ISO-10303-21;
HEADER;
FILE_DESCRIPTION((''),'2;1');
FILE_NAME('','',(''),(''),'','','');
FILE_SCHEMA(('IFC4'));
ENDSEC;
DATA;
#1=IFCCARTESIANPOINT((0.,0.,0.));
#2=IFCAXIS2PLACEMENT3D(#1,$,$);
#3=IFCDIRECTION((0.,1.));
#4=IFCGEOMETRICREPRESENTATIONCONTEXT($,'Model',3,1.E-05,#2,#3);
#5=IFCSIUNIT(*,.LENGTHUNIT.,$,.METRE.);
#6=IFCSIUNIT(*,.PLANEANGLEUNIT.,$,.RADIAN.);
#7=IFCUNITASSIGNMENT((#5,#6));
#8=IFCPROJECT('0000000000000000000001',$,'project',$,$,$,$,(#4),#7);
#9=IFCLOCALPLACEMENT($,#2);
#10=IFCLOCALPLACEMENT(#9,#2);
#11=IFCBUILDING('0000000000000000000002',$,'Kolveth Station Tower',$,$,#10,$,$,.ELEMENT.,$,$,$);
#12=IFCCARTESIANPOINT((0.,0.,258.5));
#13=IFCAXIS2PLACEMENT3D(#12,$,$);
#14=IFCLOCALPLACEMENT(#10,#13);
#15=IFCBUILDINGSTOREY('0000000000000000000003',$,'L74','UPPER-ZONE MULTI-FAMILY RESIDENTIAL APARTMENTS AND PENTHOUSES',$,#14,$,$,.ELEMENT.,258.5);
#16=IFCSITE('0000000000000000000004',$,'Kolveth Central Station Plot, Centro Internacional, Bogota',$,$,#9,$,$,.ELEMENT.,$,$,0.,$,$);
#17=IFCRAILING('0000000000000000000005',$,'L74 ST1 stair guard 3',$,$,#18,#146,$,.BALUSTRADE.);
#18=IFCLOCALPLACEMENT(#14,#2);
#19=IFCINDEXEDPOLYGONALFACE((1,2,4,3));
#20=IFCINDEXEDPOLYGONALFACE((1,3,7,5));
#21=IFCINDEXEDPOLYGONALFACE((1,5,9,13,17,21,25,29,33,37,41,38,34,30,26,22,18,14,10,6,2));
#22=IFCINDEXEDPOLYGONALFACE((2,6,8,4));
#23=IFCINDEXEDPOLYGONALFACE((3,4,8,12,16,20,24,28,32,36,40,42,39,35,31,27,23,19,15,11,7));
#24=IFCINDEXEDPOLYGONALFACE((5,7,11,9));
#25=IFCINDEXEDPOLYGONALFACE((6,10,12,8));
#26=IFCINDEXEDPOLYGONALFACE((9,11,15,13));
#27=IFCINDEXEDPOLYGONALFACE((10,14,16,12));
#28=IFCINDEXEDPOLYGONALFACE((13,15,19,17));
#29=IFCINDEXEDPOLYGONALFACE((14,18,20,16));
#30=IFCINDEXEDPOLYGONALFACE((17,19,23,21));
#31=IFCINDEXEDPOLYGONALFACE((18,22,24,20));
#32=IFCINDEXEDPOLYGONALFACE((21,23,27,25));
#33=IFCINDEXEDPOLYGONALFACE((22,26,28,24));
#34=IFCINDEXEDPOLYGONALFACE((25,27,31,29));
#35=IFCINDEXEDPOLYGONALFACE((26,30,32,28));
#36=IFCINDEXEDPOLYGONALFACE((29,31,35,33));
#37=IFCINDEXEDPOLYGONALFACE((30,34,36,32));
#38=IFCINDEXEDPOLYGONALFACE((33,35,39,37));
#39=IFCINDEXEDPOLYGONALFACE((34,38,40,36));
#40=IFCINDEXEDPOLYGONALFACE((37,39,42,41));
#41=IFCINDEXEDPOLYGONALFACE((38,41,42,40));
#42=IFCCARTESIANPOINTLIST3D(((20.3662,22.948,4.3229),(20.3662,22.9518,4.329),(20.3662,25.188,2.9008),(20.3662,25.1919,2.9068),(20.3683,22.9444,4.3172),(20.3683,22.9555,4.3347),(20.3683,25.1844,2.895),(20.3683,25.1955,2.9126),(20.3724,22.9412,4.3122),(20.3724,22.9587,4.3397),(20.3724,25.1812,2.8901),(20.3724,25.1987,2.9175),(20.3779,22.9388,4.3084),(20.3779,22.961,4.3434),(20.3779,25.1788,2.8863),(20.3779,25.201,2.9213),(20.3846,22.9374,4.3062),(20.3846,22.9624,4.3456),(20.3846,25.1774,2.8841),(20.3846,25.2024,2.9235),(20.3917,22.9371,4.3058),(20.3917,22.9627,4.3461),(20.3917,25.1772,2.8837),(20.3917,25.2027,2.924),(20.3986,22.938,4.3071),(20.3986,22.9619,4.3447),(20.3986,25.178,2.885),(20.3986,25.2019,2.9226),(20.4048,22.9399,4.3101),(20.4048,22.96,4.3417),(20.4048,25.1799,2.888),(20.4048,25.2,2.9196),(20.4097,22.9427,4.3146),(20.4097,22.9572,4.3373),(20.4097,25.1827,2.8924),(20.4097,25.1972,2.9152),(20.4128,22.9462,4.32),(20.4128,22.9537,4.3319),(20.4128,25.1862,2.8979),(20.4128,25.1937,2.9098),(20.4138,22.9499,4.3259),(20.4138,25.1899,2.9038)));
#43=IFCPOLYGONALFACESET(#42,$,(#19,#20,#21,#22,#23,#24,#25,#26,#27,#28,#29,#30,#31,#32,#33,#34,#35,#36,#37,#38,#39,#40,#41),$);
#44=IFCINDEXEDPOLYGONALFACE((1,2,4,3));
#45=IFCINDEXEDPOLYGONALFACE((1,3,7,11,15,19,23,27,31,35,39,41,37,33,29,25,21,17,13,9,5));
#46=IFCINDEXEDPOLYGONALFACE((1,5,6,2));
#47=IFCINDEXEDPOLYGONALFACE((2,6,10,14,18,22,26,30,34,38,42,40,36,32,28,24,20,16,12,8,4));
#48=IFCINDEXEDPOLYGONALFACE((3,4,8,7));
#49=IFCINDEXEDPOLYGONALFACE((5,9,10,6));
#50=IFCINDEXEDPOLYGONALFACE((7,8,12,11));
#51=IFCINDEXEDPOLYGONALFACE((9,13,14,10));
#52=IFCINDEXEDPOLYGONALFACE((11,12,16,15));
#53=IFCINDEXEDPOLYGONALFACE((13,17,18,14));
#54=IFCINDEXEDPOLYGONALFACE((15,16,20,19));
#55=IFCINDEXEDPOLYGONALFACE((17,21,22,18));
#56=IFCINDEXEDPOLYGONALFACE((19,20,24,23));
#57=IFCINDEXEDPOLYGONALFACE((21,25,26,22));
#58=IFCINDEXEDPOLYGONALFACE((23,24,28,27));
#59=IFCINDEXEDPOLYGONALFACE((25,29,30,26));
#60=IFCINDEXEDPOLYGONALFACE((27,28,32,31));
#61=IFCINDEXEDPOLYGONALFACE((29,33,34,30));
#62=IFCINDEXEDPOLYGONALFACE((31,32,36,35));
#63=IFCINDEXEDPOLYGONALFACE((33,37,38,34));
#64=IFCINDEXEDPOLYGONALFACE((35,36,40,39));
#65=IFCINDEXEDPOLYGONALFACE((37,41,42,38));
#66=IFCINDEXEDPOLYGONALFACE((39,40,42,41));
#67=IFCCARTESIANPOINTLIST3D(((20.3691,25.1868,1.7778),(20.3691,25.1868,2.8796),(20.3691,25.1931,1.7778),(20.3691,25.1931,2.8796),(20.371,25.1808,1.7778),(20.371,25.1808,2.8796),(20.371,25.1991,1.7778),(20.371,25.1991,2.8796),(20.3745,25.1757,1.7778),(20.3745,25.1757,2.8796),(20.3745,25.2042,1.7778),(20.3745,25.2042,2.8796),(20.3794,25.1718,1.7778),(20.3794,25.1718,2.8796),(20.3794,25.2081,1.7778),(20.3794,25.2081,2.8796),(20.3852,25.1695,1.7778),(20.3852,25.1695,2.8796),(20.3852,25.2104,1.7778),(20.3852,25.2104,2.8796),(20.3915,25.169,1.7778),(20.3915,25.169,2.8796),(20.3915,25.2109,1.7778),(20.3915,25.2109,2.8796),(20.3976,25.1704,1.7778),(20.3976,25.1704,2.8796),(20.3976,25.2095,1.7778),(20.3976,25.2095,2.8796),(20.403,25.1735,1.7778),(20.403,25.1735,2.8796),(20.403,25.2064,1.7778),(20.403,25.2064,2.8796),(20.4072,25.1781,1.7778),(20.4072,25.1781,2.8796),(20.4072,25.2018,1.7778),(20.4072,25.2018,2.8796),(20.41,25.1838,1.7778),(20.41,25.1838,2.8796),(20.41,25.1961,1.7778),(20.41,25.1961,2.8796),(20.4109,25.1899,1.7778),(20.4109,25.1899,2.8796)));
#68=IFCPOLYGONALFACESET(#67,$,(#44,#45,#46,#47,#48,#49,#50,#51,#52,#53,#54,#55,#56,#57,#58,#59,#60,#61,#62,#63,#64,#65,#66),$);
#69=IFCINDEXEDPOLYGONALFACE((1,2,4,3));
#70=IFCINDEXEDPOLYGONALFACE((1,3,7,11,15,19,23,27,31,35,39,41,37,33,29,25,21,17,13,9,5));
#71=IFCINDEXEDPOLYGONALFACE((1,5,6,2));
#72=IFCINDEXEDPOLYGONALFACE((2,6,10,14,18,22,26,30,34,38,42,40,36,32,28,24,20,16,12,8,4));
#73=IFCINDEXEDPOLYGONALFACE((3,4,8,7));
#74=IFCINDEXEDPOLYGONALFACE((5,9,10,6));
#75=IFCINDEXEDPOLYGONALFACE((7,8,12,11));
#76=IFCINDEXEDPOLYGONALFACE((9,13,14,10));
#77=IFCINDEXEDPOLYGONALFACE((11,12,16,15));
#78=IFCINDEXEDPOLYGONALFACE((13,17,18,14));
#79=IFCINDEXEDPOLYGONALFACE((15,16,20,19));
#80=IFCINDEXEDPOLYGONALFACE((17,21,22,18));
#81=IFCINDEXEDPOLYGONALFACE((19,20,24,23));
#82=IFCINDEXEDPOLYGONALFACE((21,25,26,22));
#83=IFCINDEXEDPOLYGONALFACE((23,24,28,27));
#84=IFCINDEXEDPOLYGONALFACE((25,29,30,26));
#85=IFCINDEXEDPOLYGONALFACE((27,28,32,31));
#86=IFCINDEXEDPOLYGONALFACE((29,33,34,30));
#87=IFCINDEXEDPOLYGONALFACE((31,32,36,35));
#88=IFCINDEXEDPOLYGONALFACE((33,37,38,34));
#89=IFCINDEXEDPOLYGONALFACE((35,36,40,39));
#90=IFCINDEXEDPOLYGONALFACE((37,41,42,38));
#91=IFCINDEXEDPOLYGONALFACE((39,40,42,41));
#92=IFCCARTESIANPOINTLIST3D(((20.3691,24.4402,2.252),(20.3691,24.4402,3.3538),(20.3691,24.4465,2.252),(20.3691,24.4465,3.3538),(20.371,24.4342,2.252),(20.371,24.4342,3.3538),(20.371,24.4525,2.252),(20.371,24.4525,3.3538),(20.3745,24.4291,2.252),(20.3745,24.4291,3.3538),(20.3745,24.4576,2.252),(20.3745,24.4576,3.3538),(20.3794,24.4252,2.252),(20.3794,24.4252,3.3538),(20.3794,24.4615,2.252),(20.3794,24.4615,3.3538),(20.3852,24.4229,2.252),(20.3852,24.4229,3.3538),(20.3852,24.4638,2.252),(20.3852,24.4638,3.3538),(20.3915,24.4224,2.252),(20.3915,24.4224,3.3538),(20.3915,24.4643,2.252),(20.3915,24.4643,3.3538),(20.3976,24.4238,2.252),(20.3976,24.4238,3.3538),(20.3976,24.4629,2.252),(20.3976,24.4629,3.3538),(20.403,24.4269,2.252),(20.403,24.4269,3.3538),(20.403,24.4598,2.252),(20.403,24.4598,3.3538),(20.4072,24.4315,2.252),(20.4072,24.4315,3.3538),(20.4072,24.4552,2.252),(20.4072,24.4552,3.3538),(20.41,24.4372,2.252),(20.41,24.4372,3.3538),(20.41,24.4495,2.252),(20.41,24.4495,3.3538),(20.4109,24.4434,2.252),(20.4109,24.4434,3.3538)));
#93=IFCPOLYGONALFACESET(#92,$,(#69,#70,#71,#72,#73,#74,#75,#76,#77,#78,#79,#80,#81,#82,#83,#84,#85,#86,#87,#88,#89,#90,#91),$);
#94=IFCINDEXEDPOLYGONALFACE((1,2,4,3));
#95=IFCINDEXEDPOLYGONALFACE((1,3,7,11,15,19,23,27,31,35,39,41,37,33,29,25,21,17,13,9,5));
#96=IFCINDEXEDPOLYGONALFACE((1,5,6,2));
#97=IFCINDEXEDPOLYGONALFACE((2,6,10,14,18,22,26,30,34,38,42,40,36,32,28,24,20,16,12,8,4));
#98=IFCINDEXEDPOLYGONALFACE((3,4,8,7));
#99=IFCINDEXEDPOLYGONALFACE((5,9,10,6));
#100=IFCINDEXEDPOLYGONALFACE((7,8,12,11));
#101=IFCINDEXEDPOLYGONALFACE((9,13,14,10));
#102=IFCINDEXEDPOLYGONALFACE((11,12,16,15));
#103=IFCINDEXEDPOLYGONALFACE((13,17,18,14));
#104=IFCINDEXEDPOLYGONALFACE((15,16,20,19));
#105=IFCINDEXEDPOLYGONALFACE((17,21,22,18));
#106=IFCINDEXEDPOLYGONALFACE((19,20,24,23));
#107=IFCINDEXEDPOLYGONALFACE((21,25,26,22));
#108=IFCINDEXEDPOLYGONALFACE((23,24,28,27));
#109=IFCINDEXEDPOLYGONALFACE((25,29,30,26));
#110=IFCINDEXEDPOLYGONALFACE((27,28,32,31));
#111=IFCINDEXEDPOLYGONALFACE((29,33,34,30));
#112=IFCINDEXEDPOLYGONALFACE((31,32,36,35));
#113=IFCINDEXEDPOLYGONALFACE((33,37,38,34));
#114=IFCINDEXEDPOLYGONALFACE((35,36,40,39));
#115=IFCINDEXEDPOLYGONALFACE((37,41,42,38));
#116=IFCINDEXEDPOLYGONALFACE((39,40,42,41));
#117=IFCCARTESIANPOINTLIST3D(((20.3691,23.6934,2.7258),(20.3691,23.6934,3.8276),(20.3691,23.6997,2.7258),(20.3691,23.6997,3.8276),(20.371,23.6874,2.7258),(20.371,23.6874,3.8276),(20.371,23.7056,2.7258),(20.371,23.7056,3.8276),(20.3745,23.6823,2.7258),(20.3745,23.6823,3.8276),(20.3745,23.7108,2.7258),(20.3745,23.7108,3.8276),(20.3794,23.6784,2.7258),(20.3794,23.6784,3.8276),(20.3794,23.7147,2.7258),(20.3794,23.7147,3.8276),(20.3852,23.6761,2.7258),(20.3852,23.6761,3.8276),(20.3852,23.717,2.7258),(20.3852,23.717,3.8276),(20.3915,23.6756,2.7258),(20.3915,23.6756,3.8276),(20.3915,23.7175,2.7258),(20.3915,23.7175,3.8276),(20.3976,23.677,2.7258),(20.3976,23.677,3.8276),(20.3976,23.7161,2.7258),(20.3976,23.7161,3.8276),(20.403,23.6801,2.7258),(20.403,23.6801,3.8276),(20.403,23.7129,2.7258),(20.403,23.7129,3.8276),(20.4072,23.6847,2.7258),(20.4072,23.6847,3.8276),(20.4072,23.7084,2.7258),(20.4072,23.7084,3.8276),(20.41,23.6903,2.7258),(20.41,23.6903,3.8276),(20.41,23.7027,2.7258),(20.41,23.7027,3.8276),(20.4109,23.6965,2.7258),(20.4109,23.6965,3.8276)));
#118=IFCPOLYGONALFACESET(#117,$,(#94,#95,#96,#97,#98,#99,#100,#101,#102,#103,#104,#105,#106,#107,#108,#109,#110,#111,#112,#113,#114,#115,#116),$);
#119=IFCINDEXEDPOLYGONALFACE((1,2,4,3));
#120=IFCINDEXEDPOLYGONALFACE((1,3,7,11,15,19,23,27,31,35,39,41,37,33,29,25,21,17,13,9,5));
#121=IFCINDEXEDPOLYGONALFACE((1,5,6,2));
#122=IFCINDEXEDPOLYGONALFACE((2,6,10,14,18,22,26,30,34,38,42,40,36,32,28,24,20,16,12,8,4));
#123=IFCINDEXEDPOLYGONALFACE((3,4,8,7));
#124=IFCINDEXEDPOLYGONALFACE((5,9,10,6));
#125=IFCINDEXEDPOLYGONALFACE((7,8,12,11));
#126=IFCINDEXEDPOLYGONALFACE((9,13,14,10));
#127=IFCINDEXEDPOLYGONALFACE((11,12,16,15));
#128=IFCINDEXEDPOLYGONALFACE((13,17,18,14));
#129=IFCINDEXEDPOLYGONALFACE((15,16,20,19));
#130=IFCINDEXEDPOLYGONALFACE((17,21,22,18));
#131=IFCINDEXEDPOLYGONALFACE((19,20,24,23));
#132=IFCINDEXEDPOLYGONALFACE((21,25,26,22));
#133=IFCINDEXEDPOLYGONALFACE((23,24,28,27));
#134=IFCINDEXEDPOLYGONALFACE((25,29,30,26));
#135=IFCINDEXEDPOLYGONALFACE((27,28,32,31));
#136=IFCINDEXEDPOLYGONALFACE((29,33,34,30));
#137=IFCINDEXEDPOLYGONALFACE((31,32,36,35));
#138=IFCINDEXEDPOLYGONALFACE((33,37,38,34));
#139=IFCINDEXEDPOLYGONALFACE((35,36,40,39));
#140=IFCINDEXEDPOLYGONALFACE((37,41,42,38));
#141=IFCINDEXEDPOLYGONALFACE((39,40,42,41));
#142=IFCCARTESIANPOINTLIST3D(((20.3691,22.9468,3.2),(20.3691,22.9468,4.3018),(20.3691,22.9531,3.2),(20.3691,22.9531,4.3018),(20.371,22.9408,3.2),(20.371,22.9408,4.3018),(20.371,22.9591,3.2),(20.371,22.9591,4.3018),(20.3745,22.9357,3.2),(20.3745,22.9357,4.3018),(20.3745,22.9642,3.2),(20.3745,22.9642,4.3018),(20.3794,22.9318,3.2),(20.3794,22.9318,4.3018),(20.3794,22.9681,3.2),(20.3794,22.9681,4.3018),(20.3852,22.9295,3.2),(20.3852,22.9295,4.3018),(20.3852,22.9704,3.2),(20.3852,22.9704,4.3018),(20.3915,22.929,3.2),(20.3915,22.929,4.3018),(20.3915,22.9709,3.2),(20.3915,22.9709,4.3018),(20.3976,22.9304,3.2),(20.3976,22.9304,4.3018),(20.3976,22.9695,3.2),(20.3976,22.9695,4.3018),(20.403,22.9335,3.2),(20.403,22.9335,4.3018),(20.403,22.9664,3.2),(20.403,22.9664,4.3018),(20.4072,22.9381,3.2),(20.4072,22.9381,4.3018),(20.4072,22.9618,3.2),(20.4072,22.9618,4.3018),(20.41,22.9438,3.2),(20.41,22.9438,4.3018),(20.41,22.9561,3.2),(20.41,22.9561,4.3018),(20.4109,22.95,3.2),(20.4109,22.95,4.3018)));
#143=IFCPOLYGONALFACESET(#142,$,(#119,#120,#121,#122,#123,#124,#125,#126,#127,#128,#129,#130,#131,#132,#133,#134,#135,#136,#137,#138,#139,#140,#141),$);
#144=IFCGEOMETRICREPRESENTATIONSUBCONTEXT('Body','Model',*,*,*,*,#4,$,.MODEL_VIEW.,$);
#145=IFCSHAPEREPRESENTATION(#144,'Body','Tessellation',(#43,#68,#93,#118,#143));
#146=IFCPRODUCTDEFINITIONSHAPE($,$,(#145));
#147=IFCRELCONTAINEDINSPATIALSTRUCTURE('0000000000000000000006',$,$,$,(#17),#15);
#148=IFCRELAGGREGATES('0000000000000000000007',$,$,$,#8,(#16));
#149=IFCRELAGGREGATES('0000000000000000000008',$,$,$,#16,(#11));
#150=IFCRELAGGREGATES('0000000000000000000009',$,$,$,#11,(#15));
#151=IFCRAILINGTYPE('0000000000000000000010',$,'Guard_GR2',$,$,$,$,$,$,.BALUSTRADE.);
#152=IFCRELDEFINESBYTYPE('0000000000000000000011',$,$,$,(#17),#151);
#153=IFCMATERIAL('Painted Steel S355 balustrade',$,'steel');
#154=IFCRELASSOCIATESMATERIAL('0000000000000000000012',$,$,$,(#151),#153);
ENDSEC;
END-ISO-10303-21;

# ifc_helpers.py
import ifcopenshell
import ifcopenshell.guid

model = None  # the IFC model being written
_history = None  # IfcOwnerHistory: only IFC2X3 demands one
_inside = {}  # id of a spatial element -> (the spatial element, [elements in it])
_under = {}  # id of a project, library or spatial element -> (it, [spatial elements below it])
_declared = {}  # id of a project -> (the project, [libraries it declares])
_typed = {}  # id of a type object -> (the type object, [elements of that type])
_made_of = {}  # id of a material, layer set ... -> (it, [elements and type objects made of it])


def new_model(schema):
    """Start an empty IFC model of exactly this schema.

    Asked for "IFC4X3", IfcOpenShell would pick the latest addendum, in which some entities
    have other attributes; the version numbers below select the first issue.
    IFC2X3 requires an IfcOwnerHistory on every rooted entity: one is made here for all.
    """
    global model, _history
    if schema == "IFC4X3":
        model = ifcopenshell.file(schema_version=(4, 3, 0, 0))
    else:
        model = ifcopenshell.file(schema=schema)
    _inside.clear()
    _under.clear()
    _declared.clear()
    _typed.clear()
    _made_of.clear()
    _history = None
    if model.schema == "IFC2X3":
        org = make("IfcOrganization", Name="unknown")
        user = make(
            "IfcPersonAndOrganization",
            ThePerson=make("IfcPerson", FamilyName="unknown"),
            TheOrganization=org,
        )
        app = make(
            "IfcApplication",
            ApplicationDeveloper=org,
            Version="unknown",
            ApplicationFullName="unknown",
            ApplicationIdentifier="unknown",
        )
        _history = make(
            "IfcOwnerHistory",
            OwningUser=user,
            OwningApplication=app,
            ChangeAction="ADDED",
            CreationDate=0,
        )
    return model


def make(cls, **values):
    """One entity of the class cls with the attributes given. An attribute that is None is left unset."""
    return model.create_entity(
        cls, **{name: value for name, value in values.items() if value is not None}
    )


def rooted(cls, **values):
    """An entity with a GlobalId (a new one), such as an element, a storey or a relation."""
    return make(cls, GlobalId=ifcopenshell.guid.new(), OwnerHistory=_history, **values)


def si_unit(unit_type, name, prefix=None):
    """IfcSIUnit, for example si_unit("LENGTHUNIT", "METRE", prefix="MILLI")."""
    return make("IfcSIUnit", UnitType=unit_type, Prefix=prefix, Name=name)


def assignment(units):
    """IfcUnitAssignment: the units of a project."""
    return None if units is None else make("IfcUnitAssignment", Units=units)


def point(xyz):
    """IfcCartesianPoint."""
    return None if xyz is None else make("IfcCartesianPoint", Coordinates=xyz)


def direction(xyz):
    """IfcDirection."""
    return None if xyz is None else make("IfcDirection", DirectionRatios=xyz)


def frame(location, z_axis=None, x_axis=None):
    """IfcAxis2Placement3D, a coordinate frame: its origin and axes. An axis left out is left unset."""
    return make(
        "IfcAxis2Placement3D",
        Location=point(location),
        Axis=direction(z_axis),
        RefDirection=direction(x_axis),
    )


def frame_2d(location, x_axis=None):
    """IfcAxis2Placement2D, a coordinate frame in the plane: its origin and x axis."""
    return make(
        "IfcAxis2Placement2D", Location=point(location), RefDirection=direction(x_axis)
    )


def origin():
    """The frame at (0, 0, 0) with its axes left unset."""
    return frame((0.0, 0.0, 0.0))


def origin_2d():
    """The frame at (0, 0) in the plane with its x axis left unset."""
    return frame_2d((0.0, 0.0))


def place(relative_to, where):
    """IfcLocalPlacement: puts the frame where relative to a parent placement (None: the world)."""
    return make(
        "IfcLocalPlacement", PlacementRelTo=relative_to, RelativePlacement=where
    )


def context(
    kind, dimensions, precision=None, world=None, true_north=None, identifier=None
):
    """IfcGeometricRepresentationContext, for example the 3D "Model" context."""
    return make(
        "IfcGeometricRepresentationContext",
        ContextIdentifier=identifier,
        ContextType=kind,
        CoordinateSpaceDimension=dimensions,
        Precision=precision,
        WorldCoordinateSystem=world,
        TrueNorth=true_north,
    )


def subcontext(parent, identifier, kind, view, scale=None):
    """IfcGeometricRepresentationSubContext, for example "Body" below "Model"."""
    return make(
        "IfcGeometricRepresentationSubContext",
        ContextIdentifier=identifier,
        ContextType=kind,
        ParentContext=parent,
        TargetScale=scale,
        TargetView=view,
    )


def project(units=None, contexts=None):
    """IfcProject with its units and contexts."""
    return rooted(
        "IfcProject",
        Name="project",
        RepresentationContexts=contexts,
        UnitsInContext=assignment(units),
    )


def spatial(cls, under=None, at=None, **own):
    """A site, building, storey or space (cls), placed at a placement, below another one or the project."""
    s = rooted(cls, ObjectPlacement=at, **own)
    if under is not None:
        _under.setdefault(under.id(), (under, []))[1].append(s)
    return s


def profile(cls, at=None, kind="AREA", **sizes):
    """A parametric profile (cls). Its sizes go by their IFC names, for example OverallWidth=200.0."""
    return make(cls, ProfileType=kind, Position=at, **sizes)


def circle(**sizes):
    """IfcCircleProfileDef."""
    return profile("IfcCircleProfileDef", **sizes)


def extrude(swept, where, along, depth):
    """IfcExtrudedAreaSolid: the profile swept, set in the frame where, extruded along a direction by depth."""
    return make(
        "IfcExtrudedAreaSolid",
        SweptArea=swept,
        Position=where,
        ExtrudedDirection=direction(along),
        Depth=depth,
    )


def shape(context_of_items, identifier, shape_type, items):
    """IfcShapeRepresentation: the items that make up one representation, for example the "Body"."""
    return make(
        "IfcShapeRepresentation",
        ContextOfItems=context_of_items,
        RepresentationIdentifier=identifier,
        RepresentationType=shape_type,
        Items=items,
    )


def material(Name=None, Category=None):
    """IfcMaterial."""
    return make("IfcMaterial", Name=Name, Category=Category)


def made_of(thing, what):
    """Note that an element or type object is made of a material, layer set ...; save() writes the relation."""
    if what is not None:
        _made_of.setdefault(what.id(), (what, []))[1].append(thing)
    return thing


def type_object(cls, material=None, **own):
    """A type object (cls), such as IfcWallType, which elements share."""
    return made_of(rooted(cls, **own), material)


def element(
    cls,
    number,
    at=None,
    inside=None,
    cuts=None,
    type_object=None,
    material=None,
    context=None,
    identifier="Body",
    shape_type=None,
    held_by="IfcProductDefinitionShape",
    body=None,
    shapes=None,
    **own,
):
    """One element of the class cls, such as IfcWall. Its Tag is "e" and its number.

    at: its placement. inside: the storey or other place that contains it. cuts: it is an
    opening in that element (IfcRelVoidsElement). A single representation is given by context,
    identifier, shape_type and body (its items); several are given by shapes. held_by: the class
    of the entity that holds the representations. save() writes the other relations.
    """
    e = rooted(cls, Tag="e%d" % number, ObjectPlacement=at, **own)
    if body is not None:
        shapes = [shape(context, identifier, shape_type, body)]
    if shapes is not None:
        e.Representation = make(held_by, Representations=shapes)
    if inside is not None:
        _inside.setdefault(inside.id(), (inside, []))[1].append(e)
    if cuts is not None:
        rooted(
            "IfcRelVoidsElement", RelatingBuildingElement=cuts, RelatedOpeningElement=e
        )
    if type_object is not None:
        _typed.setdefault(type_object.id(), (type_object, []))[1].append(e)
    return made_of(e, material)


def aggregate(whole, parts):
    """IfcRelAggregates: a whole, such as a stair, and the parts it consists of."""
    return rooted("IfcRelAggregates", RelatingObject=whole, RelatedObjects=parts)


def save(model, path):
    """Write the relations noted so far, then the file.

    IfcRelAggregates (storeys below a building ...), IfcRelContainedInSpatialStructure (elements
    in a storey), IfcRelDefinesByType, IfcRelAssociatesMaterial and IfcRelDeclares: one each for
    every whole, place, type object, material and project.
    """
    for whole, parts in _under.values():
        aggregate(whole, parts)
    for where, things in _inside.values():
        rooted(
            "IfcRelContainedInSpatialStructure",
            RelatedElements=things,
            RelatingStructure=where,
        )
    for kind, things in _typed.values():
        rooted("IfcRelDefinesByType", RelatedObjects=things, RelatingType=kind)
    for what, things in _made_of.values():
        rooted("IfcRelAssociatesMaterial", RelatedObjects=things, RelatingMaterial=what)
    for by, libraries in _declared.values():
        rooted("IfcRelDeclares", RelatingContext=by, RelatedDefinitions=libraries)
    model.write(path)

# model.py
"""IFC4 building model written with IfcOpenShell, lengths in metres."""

from ifc_helpers import new_model, si_unit, direction, frame, origin, origin_2d, place, context, subcontext, project, spatial, circle, extrude, material, type_object, element, save


model = new_model("IFC4")

# Units and contexts
model_context = context("Model", 3, precision=1e-05, world=origin(), true_north=direction((0.0, 1.0)))
body_context = subcontext(model_context, "Body", "Model", "MODEL_VIEW")
ifc_project = project(units=[si_unit("LENGTHUNIT", "METRE"), si_unit("PLANEANGLEUNIT", "RADIAN")], contexts=[model_context])

# Site, building, storey
site_placement = place(None, origin())
site = spatial("IfcSite", under=ifc_project, at=site_placement, Name="Kolveth Central Station Plot, Centro Internacional, Bogota", CompositionType="ELEMENT", RefElevation=0.0)
building_placement = place(site_placement, origin())
building = spatial("IfcBuilding", under=site, at=building_placement, Name="Kolveth Station Tower", CompositionType="ELEMENT")
storey_placement = place(building_placement, frame((0.0, 0.0, 258.5)))
storey = spatial("IfcBuildingStorey", under=building, at=storey_placement, Name="L74", Description="UPPER-ZONE MULTI-FAMILY RESIDENTIAL APARTMENTS AND PENTHOUSES", CompositionType="ELEMENT", Elevation=258.5)

# Railing
ifc_material_1 = material(Name="Painted Steel S355 balustrade", Category="steel")
railing_type_1 = type_object("IfcRailingType", Name="Guard_GR2", PredefinedType="BALUSTRADE", material=ifc_material_1)
railing_1_placement = place(storey_placement, frame((20.3899, 25.1899, 1.7778)))
element("IfcRailing", 1, at=railing_1_placement, inside=storey, type_object=railing_type_1, Name="L74 ST1 stair guard 3", PredefinedType="BALUSTRADE", context=body_context, shape_type="SweptSolid", body=[
    extrude(circle(Radius=0.0239, at=origin_2d()), frame((0.0, 0.0, 1.126), z_axis=(0.0, -0.844229, 0.535982), x_axis=(1.0, 0.0, 0.0)), (0.0, 0.0, 1.0), 2.6533),
    extrude(circle(Radius=0.021, at=origin_2d()), origin(), (0.0, 0.0, 1.0), 1.1018),
    extrude(circle(Radius=0.021, at=origin_2d()), frame((0.0, -0.7466, 0.4741)), (0.0, 0.0, 1.0), 1.1018),
    extrude(circle(Radius=0.021, at=origin_2d()), frame((0.0, -1.4934, 0.948)), (0.0, 0.0, 1.0), 1.1018),
    extrude(circle(Radius=0.021, at=origin_2d()), frame((0.0, -2.24, 1.4221)), (0.0, 0.0, 1.0), 1.1018),
])

save(model, "model.ifc")
